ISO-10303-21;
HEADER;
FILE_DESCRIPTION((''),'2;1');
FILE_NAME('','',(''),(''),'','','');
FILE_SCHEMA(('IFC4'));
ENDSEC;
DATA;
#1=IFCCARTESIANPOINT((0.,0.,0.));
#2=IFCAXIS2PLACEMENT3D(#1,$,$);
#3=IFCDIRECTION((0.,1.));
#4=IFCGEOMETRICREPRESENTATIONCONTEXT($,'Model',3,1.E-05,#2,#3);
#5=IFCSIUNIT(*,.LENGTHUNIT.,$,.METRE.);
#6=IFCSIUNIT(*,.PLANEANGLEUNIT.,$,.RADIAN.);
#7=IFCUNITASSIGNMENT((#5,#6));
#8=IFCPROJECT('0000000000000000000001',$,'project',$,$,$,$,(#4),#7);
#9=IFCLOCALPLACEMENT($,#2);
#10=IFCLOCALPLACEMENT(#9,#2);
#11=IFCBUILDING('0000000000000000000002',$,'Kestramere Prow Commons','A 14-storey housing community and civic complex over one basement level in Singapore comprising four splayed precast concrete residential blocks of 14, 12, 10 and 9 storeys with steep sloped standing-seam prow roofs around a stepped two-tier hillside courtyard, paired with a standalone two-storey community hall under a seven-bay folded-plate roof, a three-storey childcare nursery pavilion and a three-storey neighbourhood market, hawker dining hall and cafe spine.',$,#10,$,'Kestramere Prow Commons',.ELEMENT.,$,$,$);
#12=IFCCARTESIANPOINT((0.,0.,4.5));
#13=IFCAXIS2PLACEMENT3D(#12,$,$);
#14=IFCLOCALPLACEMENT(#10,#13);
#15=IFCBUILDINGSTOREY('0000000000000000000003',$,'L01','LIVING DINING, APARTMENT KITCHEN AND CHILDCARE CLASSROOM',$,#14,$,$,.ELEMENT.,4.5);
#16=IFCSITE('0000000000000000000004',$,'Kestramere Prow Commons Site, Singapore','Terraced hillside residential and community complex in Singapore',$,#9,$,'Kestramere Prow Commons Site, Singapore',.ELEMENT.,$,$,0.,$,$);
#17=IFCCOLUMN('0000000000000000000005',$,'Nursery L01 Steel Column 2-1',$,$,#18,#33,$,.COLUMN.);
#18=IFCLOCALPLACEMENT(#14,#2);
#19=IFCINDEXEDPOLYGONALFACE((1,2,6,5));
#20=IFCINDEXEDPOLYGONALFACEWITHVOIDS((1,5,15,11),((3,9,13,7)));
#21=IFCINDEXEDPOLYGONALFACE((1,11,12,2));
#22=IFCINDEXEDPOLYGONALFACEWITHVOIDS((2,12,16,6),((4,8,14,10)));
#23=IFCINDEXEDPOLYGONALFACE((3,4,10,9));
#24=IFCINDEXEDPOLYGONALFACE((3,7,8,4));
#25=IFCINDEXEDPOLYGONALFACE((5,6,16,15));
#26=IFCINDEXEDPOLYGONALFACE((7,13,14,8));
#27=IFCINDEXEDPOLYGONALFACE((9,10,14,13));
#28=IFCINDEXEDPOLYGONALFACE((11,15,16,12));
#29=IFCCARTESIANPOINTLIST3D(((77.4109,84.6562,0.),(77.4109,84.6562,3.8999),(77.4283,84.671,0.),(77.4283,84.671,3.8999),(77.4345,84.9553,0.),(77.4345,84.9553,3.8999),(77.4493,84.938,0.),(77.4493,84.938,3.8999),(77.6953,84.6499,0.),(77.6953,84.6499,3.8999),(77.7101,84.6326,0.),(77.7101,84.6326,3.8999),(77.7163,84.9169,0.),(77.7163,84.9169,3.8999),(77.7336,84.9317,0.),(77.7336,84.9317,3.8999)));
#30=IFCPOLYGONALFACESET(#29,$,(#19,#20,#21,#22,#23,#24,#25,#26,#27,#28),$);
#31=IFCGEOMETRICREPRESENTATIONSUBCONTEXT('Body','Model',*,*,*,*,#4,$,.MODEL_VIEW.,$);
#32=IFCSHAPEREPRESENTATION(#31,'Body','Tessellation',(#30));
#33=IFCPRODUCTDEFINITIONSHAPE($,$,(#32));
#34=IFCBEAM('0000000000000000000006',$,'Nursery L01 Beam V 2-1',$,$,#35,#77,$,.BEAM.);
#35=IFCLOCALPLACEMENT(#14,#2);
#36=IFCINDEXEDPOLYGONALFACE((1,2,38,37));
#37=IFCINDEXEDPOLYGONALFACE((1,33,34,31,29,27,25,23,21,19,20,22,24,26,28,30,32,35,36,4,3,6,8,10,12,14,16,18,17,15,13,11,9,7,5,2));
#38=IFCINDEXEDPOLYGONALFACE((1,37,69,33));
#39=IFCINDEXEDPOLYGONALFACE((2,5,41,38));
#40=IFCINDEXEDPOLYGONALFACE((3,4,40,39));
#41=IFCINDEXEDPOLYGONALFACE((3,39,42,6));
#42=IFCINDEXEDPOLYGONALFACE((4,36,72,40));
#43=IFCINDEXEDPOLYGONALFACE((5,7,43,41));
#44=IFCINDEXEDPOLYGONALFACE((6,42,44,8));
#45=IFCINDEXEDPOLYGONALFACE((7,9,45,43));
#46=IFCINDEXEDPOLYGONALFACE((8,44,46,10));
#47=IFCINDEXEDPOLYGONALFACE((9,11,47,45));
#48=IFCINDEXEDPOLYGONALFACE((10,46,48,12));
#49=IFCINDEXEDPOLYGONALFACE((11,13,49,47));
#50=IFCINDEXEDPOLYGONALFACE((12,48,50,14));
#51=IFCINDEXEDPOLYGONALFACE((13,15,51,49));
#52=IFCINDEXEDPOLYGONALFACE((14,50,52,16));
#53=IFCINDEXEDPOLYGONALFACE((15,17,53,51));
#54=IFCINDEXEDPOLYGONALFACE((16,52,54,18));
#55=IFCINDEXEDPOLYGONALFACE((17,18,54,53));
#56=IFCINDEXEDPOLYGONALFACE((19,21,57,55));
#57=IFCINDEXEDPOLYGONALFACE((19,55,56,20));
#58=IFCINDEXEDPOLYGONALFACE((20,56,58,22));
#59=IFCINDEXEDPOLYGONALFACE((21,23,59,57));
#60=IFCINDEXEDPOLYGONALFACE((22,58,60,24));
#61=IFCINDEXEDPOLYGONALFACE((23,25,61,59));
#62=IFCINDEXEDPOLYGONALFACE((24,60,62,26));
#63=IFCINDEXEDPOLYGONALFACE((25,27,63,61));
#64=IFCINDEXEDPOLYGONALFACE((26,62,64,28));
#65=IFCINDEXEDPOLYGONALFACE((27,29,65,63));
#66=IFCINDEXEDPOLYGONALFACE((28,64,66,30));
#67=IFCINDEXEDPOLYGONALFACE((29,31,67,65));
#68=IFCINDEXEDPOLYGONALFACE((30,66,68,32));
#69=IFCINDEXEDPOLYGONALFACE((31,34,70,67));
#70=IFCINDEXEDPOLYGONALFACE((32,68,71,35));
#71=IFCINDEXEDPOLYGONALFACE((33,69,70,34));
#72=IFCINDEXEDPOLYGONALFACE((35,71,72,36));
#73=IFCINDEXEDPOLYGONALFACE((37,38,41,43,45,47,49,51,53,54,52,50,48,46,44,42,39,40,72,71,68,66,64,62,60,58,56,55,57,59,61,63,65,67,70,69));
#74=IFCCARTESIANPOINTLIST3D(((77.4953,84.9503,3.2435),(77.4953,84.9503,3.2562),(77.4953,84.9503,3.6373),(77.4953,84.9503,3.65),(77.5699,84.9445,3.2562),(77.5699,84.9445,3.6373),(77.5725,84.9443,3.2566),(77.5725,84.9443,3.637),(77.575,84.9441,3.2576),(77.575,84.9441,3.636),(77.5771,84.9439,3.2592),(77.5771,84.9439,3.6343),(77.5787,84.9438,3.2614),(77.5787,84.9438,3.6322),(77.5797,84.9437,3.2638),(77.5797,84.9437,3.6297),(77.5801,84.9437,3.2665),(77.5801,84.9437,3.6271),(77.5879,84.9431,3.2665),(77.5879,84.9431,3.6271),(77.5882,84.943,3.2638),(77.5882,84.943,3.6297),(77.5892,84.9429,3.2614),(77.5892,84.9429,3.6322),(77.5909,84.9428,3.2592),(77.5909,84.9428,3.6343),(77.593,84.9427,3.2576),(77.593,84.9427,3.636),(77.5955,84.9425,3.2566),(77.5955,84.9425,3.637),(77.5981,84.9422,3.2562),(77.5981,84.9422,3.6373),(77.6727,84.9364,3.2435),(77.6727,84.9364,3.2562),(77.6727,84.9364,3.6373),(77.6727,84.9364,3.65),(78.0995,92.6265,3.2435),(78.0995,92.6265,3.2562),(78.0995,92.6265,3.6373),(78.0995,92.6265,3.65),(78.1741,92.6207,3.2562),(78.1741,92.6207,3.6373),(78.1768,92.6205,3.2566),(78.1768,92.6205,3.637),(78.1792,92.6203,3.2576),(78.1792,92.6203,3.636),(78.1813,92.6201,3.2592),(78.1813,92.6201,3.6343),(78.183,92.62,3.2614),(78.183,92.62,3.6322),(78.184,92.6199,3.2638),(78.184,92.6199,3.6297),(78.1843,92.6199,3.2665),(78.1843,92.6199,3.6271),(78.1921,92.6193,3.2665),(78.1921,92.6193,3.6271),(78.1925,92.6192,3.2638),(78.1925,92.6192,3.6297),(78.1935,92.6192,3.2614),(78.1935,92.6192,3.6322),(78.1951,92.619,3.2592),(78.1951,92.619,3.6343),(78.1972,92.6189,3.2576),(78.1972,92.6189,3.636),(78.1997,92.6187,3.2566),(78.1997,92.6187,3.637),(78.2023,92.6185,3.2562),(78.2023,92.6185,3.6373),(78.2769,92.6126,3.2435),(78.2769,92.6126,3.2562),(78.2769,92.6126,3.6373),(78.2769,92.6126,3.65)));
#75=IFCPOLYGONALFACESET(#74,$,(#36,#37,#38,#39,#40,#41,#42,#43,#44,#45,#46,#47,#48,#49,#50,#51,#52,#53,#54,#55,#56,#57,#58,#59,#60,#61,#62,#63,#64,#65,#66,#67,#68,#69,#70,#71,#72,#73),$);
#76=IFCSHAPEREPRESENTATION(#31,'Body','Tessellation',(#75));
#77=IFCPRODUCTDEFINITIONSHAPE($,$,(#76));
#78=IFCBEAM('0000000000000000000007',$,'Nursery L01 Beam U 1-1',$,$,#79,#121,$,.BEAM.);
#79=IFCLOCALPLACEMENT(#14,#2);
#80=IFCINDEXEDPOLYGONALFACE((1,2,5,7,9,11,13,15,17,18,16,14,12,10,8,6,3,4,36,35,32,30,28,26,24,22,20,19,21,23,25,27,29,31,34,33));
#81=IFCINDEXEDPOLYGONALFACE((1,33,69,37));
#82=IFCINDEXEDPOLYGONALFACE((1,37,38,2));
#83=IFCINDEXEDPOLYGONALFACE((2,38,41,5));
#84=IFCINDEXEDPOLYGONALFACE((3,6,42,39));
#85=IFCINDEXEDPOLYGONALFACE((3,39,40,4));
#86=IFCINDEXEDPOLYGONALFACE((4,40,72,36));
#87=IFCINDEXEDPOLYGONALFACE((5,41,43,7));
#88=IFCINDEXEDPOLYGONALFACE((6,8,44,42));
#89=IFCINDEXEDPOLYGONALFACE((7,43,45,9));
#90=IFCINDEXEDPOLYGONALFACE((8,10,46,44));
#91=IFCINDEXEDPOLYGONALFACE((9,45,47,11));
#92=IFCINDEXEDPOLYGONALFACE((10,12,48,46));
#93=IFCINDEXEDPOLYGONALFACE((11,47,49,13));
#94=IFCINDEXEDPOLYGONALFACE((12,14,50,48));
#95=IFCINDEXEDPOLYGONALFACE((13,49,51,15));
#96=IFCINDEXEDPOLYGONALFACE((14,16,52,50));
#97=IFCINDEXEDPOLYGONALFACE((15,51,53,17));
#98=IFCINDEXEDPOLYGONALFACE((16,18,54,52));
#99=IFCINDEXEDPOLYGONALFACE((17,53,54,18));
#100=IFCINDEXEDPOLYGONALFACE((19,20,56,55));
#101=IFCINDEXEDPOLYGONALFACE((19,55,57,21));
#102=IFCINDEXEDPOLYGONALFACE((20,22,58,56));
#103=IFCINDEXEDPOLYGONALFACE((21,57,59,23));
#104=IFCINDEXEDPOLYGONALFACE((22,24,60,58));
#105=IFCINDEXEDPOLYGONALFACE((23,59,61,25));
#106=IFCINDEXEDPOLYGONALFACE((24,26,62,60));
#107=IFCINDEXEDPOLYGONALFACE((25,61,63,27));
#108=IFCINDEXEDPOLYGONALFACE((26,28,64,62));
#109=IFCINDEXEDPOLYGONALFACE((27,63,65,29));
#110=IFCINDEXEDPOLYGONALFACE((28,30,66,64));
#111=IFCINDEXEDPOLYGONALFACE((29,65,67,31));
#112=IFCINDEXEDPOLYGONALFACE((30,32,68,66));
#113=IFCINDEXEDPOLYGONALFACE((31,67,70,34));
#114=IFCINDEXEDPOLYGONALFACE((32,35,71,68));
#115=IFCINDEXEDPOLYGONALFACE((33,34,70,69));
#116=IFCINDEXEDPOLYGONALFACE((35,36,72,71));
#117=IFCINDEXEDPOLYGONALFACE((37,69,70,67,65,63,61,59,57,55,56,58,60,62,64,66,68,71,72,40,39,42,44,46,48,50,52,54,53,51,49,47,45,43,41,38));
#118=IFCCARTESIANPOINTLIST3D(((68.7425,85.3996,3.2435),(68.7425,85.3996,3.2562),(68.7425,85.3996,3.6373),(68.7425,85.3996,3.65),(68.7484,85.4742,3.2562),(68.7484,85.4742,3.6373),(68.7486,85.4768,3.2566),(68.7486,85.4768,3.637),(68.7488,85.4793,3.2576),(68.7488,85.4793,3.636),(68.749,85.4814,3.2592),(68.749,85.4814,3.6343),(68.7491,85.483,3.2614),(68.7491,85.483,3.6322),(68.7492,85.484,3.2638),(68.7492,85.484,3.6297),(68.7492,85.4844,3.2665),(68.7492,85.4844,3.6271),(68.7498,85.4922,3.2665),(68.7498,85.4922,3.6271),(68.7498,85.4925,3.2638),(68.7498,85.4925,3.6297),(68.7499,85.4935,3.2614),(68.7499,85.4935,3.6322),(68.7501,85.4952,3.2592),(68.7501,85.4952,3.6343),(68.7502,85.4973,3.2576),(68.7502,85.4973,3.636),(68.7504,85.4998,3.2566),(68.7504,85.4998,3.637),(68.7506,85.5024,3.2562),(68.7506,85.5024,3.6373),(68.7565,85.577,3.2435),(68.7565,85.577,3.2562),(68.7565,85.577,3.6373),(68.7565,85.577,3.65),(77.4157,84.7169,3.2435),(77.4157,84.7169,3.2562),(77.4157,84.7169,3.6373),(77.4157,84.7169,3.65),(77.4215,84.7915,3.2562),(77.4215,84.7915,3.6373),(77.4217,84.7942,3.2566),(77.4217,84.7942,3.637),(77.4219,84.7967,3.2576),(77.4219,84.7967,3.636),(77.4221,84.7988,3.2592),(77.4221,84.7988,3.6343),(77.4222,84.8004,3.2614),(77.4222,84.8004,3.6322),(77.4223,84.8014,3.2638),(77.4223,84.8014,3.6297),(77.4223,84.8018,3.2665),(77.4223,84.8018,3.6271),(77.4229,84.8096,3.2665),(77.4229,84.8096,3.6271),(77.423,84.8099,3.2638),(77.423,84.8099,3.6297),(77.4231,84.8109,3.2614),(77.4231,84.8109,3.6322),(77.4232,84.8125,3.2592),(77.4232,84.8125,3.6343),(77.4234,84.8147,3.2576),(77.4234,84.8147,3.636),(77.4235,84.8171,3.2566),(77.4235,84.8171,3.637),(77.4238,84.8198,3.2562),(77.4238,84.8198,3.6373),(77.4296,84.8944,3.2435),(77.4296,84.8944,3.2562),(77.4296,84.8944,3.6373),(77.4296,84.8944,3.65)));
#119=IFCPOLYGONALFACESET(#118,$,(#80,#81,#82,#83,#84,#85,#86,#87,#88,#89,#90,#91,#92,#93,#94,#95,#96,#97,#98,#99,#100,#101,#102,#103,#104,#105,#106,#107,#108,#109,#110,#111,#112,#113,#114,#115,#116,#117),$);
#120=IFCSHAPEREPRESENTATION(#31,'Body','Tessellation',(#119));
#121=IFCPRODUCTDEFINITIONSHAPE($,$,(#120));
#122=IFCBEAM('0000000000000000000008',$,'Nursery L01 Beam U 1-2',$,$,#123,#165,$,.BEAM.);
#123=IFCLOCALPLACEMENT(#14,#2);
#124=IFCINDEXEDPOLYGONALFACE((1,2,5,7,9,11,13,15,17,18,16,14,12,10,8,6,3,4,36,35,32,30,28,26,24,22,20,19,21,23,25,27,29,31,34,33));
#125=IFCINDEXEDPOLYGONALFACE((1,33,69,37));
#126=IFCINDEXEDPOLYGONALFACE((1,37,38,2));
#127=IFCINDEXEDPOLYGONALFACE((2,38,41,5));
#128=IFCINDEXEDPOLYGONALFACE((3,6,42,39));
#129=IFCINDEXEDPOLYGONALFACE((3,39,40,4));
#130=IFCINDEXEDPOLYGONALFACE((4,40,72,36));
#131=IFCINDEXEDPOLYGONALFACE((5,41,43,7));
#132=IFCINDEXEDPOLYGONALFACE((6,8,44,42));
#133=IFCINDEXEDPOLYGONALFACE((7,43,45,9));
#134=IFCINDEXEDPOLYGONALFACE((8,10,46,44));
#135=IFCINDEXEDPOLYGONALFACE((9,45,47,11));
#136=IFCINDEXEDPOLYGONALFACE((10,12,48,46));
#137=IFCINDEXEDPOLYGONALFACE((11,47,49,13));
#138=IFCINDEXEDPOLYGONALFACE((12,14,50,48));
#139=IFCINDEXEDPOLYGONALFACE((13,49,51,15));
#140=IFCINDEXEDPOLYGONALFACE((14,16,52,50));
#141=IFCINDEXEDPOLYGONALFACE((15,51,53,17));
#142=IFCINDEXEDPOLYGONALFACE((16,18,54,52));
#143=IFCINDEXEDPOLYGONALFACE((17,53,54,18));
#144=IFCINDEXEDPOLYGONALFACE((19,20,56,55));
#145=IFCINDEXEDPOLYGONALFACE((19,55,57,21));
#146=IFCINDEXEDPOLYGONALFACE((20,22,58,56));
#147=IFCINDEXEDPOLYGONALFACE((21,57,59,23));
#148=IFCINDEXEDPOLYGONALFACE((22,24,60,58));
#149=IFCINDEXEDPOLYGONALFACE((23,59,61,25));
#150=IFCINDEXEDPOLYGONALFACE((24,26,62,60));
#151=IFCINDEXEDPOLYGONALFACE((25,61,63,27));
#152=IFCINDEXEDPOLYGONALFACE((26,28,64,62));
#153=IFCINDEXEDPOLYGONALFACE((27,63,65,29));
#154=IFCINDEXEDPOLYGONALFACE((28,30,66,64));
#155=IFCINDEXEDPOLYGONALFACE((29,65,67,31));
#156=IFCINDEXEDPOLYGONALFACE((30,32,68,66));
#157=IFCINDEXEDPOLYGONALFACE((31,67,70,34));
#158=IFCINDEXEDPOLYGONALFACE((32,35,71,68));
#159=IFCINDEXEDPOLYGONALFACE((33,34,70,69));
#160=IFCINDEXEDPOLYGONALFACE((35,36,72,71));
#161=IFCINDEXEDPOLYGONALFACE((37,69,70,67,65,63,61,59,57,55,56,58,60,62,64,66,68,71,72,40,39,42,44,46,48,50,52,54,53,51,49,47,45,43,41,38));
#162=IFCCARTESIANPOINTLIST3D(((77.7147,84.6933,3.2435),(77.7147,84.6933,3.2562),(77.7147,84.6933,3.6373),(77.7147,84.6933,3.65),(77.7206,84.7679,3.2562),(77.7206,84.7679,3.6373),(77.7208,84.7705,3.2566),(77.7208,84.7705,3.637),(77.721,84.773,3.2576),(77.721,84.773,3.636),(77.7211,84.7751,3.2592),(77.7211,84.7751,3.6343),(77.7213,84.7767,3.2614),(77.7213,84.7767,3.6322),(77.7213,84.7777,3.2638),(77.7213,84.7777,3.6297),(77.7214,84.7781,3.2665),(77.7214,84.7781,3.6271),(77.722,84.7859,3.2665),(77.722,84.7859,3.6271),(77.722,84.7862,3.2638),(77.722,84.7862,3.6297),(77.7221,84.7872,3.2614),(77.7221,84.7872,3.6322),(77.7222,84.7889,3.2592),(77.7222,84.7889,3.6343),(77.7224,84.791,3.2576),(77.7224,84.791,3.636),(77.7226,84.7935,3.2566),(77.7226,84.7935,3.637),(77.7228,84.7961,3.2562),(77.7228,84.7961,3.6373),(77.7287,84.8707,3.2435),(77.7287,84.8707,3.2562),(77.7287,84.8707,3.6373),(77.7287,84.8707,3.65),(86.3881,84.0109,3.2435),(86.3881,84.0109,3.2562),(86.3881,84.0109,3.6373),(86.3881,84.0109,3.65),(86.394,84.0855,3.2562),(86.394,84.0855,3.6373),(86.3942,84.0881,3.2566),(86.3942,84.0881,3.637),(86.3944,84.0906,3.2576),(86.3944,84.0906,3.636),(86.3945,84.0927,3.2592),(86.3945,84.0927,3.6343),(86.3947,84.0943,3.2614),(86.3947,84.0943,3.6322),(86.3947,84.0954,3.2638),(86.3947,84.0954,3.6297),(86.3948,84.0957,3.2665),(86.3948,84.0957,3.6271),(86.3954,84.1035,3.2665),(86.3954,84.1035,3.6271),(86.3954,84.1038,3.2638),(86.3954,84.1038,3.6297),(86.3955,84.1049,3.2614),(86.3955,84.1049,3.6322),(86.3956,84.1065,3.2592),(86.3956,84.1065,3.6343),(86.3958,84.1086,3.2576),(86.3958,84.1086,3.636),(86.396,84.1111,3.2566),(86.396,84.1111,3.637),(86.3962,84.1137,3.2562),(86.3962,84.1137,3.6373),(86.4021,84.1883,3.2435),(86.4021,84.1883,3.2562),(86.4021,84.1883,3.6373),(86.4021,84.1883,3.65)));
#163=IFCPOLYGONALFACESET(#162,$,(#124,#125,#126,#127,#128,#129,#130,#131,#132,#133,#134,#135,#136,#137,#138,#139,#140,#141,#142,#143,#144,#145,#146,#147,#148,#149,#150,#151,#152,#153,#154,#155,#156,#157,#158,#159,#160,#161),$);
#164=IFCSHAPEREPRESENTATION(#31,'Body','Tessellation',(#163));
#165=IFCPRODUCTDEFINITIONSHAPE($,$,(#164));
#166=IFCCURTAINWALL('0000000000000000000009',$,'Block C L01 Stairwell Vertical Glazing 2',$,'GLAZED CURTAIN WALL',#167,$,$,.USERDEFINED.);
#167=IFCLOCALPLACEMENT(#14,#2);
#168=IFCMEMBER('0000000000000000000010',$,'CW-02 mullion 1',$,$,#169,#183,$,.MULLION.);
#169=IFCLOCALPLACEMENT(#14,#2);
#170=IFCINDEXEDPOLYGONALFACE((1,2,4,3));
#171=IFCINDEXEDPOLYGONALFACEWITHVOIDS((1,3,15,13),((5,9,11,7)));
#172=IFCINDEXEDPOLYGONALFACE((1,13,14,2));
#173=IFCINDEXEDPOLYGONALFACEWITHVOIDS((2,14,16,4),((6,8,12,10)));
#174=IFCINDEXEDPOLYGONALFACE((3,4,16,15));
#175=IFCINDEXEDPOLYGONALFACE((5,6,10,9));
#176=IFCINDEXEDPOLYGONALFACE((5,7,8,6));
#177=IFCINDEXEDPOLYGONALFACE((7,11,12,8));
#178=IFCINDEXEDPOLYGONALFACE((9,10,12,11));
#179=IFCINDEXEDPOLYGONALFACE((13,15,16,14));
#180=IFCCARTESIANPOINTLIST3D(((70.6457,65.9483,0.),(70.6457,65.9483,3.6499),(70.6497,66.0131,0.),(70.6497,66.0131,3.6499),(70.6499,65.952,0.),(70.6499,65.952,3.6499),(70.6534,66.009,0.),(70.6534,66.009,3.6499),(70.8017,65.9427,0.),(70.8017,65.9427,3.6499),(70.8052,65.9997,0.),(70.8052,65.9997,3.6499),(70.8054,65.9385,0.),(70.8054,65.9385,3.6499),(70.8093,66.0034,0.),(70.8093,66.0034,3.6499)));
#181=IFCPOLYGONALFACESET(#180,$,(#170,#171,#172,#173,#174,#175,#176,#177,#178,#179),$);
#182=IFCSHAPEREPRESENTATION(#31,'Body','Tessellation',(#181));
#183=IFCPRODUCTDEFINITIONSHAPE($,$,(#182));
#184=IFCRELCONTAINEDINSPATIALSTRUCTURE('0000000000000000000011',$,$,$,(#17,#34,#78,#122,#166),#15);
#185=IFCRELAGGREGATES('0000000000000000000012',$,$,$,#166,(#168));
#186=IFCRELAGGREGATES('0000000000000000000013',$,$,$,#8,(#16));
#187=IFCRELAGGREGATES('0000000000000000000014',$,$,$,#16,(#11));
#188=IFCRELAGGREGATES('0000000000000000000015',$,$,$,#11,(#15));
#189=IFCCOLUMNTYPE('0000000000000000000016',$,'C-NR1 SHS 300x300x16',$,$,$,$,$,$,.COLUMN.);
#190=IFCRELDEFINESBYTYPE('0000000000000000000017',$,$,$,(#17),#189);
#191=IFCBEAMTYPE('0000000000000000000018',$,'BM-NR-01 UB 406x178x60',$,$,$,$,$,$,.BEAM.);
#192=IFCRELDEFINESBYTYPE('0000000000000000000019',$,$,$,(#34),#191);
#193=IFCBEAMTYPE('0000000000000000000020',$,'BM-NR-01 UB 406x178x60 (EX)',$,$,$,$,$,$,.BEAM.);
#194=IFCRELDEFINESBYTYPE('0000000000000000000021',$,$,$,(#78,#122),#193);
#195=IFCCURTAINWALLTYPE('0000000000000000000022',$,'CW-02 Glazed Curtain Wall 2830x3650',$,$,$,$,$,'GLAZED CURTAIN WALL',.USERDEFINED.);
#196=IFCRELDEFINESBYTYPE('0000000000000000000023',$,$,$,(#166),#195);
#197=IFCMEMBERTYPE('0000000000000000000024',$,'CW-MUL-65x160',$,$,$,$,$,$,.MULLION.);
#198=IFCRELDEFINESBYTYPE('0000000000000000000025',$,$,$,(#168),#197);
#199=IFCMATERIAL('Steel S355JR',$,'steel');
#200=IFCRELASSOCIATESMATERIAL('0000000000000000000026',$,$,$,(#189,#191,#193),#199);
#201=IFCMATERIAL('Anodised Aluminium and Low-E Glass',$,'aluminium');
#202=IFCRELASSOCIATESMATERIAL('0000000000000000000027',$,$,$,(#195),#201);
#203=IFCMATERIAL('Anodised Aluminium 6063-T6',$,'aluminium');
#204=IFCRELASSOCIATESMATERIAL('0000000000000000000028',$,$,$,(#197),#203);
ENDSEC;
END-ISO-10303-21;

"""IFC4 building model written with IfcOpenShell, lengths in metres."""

from ifc_helpers import new_model, si_unit, direction, frame, origin, origin_2d, place, context, subcontext, project, spatial, hollow_rectangle, i_section, extrude, material, material_profile, profile_set, type_object, element, aggregate, save


model = new_model("IFC4")

# Units and contexts
model_context = context("Model", 3, precision=1e-05, world=origin(), true_north=direction((0.0, 1.0)))
body_context = subcontext(model_context, "Body", "Model", "MODEL_VIEW")
ifc_project = project(units=[si_unit("LENGTHUNIT", "METRE"), si_unit("PLANEANGLEUNIT", "RADIAN")], contexts=[model_context])

# Site, building, storey
site_placement = place(None, origin())
site = spatial("IfcSite", under=ifc_project, at=site_placement, Name="Kestramere Prow Commons Site, Singapore", Description="Terraced hillside residential and community complex in Singapore", LongName="Kestramere Prow Commons Site, Singapore", CompositionType="ELEMENT", RefElevation=0.0)
building_placement = place(site_placement, origin())
building = spatial("IfcBuilding", under=site, at=building_placement, Name="Kestramere Prow Commons", Description="A 14-storey housing community and civic complex over one basement level in Singapore comprising four splayed precast concrete residential blocks of 14, 12, 10 and 9 storeys with steep sloped standing-seam prow roofs around a stepped two-tier hillside courtyard, paired with a standalone two-storey community hall under a seven-bay folded-plate roof, a three-storey childcare nursery pavilion and a three-storey neighbourhood market, hawker dining hall and cafe spine.", LongName="Kestramere Prow Commons", CompositionType="ELEMENT")
storey_placement = place(building_placement, frame((0.0, 0.0, 4.5)))
storey = spatial("IfcBuildingStorey", under=building, at=storey_placement, Name="L01", Description="LIVING DINING, APARTMENT KITCHEN AND CHILDCARE CLASSROOM", CompositionType="ELEMENT", Elevation=4.5)

# Column
ifc_material_1 = material(Name="Steel S355JR", Category="steel")
ifc_material_profile_1 = material_profile(ifc_material_1, hollow_rectangle(XDim=0.3, YDim=0.3, WallThickness=0.0161, at=origin_2d()), Name="SHS 300x300x16")
ifc_profile_set_1 = profile_set([ifc_material_profile_1], Name="Steel S355JR")
column_type = type_object("IfcColumnType", Name="C-NR1 SHS 300x300x16", PredefinedType="COLUMN", material=ifc_profile_set_1)
column_placement = place(storey_placement, frame((77.5723, 84.7939, 0.0), z_axis=(0.0, 0.0, 1.0), x_axis=(0.996917, -0.078459, 0.0)))
element("IfcColumn", 1, at=column_placement, inside=storey, type_object=column_type, Name="Nursery L01 Steel Column 2-1", PredefinedType="COLUMN", context=body_context, shape_type="SweptSolid", body=[
    extrude(hollow_rectangle(XDim=0.3, YDim=0.3, WallThickness=0.0161, at=origin_2d()), origin(), (0.0, 0.0, 1.0), 3.8999),
])

# Beams
ifc_material_profile_2 = material_profile(ifc_material_1, i_section(OverallWidth=0.178, OverallDepth=0.4065, WebThickness=0.0078, FlangeThickness=0.0127, FilletRadius=0.0103, at=origin_2d()), Name="UB 406x178x60")
ifc_profile_set_2 = profile_set([ifc_material_profile_2], Name="Steel S355JR")
beam_type_1 = type_object("IfcBeamType", Name="BM-NR-01 UB 406x178x60", PredefinedType="BEAM", material=ifc_profile_set_2)
beam_1_placement = place(storey_placement, frame((77.584, 84.9434, 3.4468), z_axis=(0.078474, 0.996916, 0.0), x_axis=(-0.996916, 0.078474, 0.0)))
element("IfcBeam", 2, at=beam_1_placement, inside=storey, type_object=beam_type_1, Name="Nursery L01 Beam V 2-1", PredefinedType="BEAM", context=body_context, shape_type="SweptSolid", body=[
    extrude(i_section(OverallWidth=0.178, OverallDepth=0.4065, WebThickness=0.0078, FlangeThickness=0.0127, FilletRadius=0.0103, at=origin_2d()), origin(), (0.0, 0.0, 1.0), 7.7),
])
ifc_material_profile_3 = material_profile(ifc_material_1, i_section(OverallWidth=0.178, OverallDepth=0.4065, WebThickness=0.0078, FlangeThickness=0.0127, FilletRadius=0.0103, at=origin_2d()), Name="UB 406x178x60")
ifc_profile_set_3 = profile_set([ifc_material_profile_3], Name="Steel S355JR")
beam_type_2 = type_object("IfcBeamType", Name="BM-NR-01 UB 406x178x60 (EX)", PredefinedType="BEAM", material=ifc_profile_set_3)
beam_2_placement = place(storey_placement, frame((68.7495, 85.4883, 3.4468), z_axis=(0.996917, -0.078462, 0.0), x_axis=(0.078462, 0.996917, 0.0)))
element("IfcBeam", 3, at=beam_2_placement, inside=storey, type_object=beam_type_2, Name="Nursery L01 Beam U 1-1", PredefinedType="BEAM", context=body_context, shape_type="SweptSolid", body=[
    extrude(i_section(OverallWidth=0.178, OverallDepth=0.4065, WebThickness=0.0078, FlangeThickness=0.0127, FilletRadius=0.0103, at=origin_2d()), origin(), (0.0, 0.0, 1.0), 8.7),
])
beam_3_placement = place(storey_placement, frame((77.7217, 84.782, 3.4468), z_axis=(0.996919, -0.078432, 0.0), x_axis=(0.078432, 0.996919, 0.0)))
element("IfcBeam", 4, at=beam_3_placement, inside=storey, type_object=beam_type_2, Name="Nursery L01 Beam U 1-2", PredefinedType="BEAM", context=body_context, shape_type="SweptSolid", body=[
    extrude(i_section(OverallWidth=0.178, OverallDepth=0.4065, WebThickness=0.0078, FlangeThickness=0.0127, FilletRadius=0.0103, at=origin_2d()), origin(), (0.0, 0.0, 1.0), 8.7002),
])

# Curtain wall, member
ifc_material_2 = material(Name="Anodised Aluminium and Low-E Glass", Category="aluminium")
curtain_wall_type = type_object("IfcCurtainWallType", Name="CW-02 Glazed Curtain Wall 2830x3650", ElementType="GLAZED CURTAIN WALL", PredefinedType="USERDEFINED", material=ifc_material_2)
curtain_wall_placement = place(storey_placement, origin())
curtain_wall = element("IfcCurtainWall", 5, at=curtain_wall_placement, inside=storey, type_object=curtain_wall_type, Name="Block C L01 Stairwell Vertical Glazing 2", ObjectType="GLAZED CURTAIN WALL", PredefinedType="USERDEFINED")
ifc_material_3 = material(Name="Anodised Aluminium 6063-T6", Category="aluminium")
ifc_material_profile_4 = material_profile(ifc_material_3, hollow_rectangle(XDim=0.0649, YDim=0.1599, WallThickness=0.0039, at=origin_2d()), Name="ALU-MUL 65x160")
ifc_profile_set_4 = profile_set([ifc_material_profile_4], Name="Anodised Aluminium 6063-T6")
member_type_1 = type_object("IfcMemberType", Name="CW-MUL-65x160", PredefinedType="MULLION", material=ifc_profile_set_4)
member_1_placement = place(storey_placement, frame((70.7275, 65.9758, 0.0), z_axis=(0.0, 0.0, 1.0), x_axis=(0.061048, 0.998135, 0.0)))
member_1 = element("IfcMember", 6, at=member_1_placement, type_object=member_type_1, Name="CW-02 mullion 1", PredefinedType="MULLION", context=body_context, shape_type="SweptSolid", body=[
    extrude(hollow_rectangle(XDim=0.0649, YDim=0.1599, WallThickness=0.0039, at=origin_2d()), origin(), (0.0, 0.0, 1.0), 3.6499),
])
aggregate(curtain_wall, [member_1])

save(model, "model.ifc")
